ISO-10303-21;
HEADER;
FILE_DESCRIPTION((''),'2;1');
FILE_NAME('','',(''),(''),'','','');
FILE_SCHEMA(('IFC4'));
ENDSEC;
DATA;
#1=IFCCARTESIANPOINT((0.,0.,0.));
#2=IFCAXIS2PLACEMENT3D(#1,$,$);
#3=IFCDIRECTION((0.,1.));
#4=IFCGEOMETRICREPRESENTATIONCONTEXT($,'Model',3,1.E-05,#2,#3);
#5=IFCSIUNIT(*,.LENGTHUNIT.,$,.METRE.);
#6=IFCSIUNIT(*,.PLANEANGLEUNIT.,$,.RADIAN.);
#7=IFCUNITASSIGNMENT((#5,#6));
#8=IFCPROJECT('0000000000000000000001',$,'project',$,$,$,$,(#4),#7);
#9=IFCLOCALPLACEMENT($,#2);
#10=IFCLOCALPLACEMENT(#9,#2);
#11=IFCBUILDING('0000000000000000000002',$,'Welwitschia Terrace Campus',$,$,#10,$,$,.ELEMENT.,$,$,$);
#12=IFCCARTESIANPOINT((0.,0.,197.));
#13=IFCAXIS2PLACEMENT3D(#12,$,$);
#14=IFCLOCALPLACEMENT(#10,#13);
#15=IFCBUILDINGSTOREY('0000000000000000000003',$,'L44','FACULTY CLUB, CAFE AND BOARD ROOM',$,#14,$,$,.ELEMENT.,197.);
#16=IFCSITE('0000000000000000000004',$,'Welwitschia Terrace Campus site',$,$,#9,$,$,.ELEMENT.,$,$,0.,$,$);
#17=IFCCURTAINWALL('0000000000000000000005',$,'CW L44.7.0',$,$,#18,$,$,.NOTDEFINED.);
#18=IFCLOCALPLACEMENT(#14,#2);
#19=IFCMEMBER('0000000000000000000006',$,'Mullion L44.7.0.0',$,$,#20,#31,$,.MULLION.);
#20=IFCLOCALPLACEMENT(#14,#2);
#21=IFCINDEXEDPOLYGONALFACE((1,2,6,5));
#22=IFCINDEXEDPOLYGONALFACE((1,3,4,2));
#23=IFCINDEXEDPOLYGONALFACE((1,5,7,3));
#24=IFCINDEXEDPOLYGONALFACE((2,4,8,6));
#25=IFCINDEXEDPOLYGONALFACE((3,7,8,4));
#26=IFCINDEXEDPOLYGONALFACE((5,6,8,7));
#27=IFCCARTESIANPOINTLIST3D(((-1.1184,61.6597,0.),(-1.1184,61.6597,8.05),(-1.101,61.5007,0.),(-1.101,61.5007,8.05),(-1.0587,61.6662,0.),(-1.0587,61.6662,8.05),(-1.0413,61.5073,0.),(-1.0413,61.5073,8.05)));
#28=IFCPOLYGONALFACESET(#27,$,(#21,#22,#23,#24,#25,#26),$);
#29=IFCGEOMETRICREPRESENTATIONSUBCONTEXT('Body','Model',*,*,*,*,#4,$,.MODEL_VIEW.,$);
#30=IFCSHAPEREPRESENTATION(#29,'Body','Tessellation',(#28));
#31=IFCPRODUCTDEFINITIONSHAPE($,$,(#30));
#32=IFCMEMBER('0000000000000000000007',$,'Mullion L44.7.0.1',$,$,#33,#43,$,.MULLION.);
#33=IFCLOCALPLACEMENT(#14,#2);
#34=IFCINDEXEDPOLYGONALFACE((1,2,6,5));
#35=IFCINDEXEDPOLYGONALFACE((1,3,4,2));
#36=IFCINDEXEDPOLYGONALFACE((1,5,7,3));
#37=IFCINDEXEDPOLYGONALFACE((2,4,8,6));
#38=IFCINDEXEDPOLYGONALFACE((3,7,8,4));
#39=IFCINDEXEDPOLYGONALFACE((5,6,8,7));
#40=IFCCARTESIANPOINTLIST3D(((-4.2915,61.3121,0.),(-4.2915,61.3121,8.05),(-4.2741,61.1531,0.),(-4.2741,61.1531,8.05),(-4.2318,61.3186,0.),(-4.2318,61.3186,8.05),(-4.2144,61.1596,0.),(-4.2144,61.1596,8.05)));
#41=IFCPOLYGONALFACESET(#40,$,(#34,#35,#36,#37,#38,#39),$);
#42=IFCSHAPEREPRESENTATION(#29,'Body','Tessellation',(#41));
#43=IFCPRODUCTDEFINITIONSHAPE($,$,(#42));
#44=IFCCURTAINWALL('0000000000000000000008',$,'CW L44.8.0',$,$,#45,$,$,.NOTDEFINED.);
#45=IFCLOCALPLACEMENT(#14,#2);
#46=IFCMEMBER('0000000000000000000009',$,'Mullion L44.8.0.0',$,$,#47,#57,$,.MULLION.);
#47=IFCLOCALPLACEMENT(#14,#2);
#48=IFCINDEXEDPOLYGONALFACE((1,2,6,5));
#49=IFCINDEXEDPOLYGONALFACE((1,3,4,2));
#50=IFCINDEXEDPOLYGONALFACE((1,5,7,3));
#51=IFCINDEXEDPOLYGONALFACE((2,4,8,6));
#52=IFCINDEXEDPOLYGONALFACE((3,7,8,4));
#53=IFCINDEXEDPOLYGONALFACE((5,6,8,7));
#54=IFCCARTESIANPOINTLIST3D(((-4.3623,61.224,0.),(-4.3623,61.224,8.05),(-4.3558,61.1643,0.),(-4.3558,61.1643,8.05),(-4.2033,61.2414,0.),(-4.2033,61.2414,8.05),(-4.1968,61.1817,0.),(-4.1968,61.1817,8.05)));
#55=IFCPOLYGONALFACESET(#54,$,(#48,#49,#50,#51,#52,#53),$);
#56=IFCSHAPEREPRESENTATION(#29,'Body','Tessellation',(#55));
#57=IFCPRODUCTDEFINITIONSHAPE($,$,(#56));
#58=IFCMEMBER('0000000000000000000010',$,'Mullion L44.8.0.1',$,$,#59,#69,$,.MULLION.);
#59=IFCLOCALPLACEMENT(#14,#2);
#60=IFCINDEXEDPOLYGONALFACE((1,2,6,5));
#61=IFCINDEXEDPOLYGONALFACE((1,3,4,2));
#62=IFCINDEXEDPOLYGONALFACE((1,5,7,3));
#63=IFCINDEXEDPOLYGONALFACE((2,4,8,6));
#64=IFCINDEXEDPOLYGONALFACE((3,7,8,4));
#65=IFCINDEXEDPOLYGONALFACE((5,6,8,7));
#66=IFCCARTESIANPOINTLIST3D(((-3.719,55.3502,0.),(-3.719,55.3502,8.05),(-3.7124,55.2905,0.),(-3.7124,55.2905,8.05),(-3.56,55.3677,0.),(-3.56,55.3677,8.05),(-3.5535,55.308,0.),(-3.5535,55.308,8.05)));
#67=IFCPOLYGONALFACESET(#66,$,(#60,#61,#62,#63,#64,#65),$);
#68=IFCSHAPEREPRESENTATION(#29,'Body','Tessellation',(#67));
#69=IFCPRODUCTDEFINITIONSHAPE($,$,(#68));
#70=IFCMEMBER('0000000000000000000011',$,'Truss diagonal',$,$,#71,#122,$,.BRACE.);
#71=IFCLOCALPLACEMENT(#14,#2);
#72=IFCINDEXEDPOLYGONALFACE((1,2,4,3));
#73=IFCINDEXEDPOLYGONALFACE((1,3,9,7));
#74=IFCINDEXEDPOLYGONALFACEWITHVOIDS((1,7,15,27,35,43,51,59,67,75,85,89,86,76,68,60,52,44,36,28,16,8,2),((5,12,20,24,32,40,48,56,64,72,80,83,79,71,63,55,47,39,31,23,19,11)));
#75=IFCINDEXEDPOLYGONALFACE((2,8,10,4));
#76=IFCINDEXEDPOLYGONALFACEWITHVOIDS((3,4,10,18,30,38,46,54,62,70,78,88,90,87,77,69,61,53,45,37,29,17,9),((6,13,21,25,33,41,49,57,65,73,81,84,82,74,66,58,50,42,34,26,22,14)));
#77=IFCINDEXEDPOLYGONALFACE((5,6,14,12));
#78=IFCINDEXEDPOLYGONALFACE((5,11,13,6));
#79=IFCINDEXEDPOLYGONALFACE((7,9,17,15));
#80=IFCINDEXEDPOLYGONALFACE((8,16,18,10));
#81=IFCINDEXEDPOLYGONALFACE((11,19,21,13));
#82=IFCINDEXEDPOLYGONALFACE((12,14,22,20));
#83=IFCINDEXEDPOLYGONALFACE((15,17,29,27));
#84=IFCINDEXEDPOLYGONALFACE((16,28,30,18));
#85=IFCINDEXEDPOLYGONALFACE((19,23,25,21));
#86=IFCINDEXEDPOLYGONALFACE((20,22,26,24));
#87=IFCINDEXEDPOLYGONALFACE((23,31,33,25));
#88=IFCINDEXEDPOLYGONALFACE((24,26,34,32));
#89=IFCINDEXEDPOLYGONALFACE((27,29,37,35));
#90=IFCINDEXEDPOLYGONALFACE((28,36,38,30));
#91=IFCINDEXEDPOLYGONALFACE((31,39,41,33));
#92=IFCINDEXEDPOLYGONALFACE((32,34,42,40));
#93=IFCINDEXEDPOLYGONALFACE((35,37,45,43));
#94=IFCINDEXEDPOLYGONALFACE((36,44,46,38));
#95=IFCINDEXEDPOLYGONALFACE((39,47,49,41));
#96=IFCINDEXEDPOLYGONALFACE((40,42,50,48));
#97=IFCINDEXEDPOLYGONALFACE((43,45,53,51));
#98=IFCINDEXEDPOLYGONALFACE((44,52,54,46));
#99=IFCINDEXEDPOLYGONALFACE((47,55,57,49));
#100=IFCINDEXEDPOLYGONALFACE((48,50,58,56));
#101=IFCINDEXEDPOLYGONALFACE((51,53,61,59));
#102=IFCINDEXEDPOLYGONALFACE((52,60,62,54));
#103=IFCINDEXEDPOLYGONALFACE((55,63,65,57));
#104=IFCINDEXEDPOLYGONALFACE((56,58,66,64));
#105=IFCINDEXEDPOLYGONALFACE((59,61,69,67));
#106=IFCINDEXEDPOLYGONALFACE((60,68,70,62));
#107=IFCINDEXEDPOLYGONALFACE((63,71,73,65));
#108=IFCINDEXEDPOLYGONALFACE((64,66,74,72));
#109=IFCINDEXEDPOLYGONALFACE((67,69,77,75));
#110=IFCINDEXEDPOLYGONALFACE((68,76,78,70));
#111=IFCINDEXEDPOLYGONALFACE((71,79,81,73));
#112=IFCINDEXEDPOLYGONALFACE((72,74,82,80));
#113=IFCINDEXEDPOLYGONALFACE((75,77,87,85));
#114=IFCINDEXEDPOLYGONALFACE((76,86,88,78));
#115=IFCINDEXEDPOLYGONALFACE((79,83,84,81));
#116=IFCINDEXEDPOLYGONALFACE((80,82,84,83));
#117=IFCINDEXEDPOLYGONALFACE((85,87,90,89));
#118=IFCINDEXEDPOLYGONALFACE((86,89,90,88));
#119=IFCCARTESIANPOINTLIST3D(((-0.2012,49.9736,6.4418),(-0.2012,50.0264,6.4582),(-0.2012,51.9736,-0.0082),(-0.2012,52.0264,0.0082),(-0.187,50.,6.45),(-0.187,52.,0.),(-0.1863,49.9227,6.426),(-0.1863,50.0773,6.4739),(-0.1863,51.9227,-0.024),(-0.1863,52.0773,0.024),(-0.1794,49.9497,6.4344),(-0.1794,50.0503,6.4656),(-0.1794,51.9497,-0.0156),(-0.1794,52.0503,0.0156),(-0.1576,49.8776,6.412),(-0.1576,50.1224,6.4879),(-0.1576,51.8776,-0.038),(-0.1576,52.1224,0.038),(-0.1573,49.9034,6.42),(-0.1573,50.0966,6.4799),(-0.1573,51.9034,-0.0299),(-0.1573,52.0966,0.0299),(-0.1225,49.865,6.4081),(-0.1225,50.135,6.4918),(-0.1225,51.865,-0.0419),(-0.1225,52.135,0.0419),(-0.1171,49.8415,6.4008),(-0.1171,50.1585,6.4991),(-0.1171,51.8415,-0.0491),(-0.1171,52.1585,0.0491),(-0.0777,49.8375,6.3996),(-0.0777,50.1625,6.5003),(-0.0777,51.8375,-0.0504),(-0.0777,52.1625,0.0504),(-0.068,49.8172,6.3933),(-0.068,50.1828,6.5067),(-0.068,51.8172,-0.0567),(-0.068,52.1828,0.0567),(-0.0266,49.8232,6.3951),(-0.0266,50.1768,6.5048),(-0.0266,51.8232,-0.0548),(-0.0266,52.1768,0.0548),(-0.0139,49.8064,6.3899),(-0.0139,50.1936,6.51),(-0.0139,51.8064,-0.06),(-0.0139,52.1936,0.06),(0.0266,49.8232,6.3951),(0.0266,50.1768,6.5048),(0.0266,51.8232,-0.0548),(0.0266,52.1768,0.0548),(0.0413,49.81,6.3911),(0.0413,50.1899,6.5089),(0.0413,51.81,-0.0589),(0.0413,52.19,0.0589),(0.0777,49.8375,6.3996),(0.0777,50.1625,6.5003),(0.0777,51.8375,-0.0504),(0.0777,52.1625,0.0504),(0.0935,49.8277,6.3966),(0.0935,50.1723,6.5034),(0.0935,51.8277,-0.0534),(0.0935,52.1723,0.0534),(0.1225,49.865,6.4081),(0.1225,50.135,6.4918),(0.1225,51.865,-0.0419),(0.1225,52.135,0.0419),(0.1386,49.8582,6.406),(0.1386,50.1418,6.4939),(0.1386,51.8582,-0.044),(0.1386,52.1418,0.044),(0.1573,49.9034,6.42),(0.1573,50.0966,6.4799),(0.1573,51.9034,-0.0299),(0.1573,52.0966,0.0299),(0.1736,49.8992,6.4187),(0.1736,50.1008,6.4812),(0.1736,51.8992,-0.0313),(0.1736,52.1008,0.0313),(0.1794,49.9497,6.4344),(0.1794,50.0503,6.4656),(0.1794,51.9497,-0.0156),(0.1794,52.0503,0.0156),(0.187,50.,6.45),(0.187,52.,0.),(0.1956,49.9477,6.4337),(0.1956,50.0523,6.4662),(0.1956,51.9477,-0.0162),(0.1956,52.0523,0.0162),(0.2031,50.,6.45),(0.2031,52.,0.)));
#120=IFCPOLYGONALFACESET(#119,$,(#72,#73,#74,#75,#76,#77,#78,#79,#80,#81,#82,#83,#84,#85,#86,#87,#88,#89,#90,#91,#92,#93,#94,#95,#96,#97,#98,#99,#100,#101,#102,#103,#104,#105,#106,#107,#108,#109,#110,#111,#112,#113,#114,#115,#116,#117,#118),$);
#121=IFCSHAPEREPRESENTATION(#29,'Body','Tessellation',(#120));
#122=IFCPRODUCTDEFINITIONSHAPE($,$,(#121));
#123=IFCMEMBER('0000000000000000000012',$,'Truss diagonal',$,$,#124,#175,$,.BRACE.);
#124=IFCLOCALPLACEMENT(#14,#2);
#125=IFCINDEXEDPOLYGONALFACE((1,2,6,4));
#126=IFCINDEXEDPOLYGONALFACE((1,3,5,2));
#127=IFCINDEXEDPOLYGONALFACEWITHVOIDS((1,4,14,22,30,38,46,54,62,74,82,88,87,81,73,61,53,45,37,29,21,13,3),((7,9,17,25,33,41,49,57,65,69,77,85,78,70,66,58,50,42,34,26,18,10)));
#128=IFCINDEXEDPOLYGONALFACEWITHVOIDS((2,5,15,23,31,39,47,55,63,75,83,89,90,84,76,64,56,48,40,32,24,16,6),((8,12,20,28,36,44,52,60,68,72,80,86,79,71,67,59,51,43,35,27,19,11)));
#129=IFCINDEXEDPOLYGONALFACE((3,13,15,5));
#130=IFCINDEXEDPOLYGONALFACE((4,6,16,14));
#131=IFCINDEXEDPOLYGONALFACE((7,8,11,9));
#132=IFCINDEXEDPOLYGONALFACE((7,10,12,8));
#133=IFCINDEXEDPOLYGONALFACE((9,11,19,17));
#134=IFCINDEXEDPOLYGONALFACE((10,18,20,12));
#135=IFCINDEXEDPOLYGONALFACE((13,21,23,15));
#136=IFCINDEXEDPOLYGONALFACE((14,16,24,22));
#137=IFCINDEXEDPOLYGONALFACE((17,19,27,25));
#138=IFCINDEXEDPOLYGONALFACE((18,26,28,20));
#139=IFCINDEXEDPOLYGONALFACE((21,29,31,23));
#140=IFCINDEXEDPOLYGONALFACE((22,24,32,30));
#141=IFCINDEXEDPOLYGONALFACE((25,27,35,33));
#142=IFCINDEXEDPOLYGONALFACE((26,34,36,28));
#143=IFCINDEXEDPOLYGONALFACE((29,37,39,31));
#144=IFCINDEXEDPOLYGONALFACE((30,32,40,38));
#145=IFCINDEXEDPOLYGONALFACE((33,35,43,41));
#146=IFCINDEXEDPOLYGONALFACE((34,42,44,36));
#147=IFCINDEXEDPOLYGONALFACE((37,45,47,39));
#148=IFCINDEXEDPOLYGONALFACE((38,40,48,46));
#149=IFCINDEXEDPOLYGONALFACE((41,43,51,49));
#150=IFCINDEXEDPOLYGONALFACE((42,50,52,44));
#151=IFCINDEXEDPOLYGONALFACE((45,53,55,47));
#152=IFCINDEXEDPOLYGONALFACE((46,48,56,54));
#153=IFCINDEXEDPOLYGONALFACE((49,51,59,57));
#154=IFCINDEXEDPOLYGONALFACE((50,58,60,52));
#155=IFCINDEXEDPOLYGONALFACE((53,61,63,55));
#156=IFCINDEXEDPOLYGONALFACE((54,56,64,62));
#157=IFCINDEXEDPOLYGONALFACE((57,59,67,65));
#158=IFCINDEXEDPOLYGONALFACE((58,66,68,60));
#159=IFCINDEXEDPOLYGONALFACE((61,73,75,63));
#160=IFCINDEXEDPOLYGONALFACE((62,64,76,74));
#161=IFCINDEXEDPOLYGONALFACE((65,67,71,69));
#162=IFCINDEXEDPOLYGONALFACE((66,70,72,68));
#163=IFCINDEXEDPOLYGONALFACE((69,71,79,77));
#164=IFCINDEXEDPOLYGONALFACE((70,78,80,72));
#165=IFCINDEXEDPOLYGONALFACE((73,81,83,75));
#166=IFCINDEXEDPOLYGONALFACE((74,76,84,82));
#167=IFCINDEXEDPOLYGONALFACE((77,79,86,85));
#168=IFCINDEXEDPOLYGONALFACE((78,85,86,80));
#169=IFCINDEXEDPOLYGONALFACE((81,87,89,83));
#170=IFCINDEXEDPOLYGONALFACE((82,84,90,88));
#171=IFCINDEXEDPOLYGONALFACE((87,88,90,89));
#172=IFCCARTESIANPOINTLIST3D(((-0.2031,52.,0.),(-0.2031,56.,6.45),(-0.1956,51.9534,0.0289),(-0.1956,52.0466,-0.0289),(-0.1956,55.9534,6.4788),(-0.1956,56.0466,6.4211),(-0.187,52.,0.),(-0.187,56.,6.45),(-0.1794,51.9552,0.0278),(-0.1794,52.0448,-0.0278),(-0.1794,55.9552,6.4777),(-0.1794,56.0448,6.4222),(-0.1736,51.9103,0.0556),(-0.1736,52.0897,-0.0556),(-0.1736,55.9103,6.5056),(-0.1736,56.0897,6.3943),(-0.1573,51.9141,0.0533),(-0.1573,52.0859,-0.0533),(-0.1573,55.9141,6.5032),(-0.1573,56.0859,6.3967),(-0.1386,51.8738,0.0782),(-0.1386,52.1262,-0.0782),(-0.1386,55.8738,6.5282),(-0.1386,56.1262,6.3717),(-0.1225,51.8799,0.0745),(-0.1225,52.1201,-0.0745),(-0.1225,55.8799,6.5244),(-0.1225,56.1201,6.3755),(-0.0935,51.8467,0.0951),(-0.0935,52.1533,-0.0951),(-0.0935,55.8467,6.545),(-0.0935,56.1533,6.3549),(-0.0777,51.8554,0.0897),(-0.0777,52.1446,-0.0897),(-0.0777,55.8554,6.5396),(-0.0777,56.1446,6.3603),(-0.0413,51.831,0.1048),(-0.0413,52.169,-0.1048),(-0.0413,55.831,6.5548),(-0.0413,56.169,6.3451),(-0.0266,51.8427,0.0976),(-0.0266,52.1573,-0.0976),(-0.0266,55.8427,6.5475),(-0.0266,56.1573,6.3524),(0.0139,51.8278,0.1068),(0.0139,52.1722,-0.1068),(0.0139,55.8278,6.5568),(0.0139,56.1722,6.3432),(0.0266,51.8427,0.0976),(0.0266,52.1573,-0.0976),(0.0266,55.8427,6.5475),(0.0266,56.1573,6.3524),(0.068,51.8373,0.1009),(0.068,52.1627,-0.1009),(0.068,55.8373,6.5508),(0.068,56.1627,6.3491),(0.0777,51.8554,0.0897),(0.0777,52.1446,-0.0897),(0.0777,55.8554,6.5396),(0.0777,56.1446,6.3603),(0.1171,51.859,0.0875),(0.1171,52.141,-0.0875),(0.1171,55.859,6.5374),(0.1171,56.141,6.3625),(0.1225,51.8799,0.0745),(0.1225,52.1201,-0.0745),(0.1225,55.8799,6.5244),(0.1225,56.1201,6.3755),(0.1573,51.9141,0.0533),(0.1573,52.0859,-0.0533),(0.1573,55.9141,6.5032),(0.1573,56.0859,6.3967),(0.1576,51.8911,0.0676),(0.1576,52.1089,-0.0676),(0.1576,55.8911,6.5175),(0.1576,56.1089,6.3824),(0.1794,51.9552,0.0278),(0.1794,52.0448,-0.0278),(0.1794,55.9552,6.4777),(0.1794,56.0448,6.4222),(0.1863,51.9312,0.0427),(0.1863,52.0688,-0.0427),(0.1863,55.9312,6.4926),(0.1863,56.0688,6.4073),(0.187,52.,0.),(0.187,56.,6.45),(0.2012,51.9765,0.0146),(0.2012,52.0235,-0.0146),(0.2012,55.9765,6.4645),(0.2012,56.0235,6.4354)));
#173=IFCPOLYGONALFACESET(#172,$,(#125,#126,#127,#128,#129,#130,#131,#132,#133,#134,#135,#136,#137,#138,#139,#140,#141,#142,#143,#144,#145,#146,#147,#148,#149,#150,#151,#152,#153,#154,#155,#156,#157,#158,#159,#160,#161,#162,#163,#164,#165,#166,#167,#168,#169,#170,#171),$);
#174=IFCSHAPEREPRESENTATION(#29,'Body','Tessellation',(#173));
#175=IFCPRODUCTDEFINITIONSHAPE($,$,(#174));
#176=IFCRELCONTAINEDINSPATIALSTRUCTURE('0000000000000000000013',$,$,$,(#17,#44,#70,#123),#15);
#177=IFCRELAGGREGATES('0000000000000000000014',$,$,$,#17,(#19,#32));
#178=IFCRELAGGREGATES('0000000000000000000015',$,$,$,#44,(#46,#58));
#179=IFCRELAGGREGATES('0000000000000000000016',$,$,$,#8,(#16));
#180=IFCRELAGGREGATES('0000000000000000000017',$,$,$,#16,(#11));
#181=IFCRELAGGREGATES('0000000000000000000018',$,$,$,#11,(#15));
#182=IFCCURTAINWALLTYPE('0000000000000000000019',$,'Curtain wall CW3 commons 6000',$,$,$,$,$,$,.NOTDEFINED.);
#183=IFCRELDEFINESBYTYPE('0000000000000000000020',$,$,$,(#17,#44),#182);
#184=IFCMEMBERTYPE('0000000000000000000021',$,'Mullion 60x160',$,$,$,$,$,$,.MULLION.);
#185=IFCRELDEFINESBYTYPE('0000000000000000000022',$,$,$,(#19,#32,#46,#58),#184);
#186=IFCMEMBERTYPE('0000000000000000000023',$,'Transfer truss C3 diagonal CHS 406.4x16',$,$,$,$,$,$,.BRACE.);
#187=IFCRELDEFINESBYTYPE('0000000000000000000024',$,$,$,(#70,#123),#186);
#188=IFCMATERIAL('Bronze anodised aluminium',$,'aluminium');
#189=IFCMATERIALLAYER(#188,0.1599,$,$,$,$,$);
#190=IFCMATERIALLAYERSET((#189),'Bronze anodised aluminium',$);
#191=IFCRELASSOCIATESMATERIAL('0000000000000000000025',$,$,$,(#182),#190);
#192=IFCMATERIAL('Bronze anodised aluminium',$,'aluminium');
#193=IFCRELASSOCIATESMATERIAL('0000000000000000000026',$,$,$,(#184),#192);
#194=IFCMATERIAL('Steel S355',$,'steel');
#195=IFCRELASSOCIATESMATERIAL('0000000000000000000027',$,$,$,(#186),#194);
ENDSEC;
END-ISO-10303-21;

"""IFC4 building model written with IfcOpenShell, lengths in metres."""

from ifc_helpers import new_model, si_unit, direction, frame, origin, origin_2d, place, context, subcontext, project, spatial, rectangle, hollow_circle, extrude, material, layer, layer_set, material_profile, profile_set, type_object, element, aggregate, save


model = new_model("IFC4")

# Units and contexts
model_context = context("Model", 3, precision=1e-05, world=origin(), true_north=direction((0.0, 1.0)))
body_context = subcontext(model_context, "Body", "Model", "MODEL_VIEW")
ifc_project = project(units=[si_unit("LENGTHUNIT", "METRE"), si_unit("PLANEANGLEUNIT", "RADIAN")], contexts=[model_context])

# Site, building, storey
site_placement = place(None, origin())
site = spatial("IfcSite", under=ifc_project, at=site_placement, Name="Welwitschia Terrace Campus site", CompositionType="ELEMENT", RefElevation=0.0)
building_placement = place(site_placement, origin())
building = spatial("IfcBuilding", under=site, at=building_placement, Name="Welwitschia Terrace Campus", CompositionType="ELEMENT")
storey_placement = place(building_placement, frame((0.0, 0.0, 197.0)))
storey = spatial("IfcBuildingStorey", under=building, at=storey_placement, Name="L44", Description="FACULTY CLUB, CAFE AND BOARD ROOM", CompositionType="ELEMENT", Elevation=197.0)

# Curtain walls, members
ifc_material_1 = material(Name="Bronze anodised aluminium", Category="aluminium")
ifc_layer_1 = layer(ifc_material_1, 0.1599)
ifc_layer_set_1 = layer_set([ifc_layer_1], Name="Bronze anodised aluminium")
curtain_wall_type = type_object("IfcCurtainWallType", Name="Curtain wall CW3 commons 6000", PredefinedType="NOTDEFINED", material=ifc_layer_set_1)
curtain_wall_1_placement = place(storey_placement, origin())
curtain_wall_1 = element("IfcCurtainWall", 1, at=curtain_wall_1_placement, inside=storey, type_object=curtain_wall_type, Name="CW L44.7.0", PredefinedType="NOTDEFINED")
ifc_material_2 = material(Name="Bronze anodised aluminium", Category="aluminium")
ifc_material_profile_1 = material_profile(ifc_material_2, rectangle(XDim=0.1599, YDim=0.0601, at=origin_2d()))
ifc_profile_set_1 = profile_set([ifc_material_profile_1], Name="Bronze anodised aluminium")
member_type_1 = type_object("IfcMemberType", Name="Mullion 60x160", PredefinedType="MULLION", material=ifc_profile_set_1)
member_1_placement = place(storey_placement, frame((-1.0798, 61.5835, 0.0), z_axis=(0.0, 0.0, 1.0), x_axis=(0.108867, -0.994056, 0.0)))
member_1 = element("IfcMember", 2, at=member_1_placement, type_object=member_type_1, Name="Mullion L44.7.0.0", PredefinedType="MULLION", context=body_context, shape_type="SweptSolid", body=[
    extrude(rectangle(XDim=0.1599, YDim=0.0601, at=origin_2d()), origin(), (0.0, 0.0, 1.0), 8.05),
])
member_2_placement = place(storey_placement, frame((-4.2529, 61.2358, 0.0), z_axis=(0.0, 0.0, 1.0), x_axis=(0.108867, -0.994056, 0.0)))
member_2 = element("IfcMember", 3, at=member_2_placement, type_object=member_type_1, Name="Mullion L44.7.0.1", PredefinedType="MULLION", context=body_context, shape_type="SweptSolid", body=[
    extrude(rectangle(XDim=0.1599, YDim=0.0601, at=origin_2d()), origin(), (0.0, 0.0, 1.0), 8.05),
])
curtain_wall_2_placement = place(storey_placement, origin())
curtain_wall_2 = element("IfcCurtainWall", 4, at=curtain_wall_2_placement, inside=storey, type_object=curtain_wall_type, Name="CW L44.8.0", PredefinedType="NOTDEFINED")
member_3_placement = place(storey_placement, frame((-4.2795, 61.2029, 0.0), z_axis=(0.0, 0.0, 1.0), x_axis=(0.994056, 0.108867, 0.0)))
member_3 = element("IfcMember", 5, at=member_3_placement, type_object=member_type_1, Name="Mullion L44.8.0.0", PredefinedType="MULLION", context=body_context, shape_type="SweptSolid", body=[
    extrude(rectangle(XDim=0.1599, YDim=0.0601, at=origin_2d()), origin(), (0.0, 0.0, 1.0), 8.05),
])
member_4_placement = place(storey_placement, frame((-3.6362, 55.3291, 0.0), z_axis=(0.0, 0.0, 1.0), x_axis=(0.994056, 0.108867, 0.0)))
member_4 = element("IfcMember", 6, at=member_4_placement, type_object=member_type_1, Name="Mullion L44.8.0.1", PredefinedType="MULLION", context=body_context, shape_type="SweptSolid", body=[
    extrude(rectangle(XDim=0.1599, YDim=0.0601, at=origin_2d()), origin(), (0.0, 0.0, 1.0), 8.05),
])

# Members
ifc_material_3 = material(Name="Steel S355", Category="steel")
ifc_material_profile_2 = material_profile(ifc_material_3, hollow_circle(Radius=0.2031, WallThickness=0.0161, at=origin_2d()))
ifc_profile_set_2 = profile_set([ifc_material_profile_2], Name="Steel S355")
member_type_2 = type_object("IfcMemberType", Name="Transfer truss C3 diagonal CHS 406.4x16", PredefinedType="BRACE", material=ifc_profile_set_2)
member_5_placement = place(storey_placement, frame((0.0, 52.0, 0.0), z_axis=(0.0, -0.296168, 0.955136), x_axis=(1.0, 0.0, 0.0)))
element("IfcMember", 7, at=member_5_placement, inside=storey, type_object=member_type_2, Name="Truss diagonal", PredefinedType="BRACE", context=body_context, shape_type="SweptSolid", body=[
    extrude(hollow_circle(Radius=0.2031, WallThickness=0.0161, at=origin_2d()), origin(), (0.0, 0.0, 1.0), 6.7529),
])
member_6_placement = place(storey_placement, frame((0.0, 52.0, 0.0), z_axis=(0.0, 0.527038, 0.849842), x_axis=(-1.0, 0.0, 0.0)))
element("IfcMember", 8, at=member_6_placement, inside=storey, type_object=member_type_2, Name="Truss diagonal", PredefinedType="BRACE", context=body_context, shape_type="SweptSolid", body=[
    extrude(hollow_circle(Radius=0.2031, WallThickness=0.0161, at=origin_2d()), origin(), (0.0, 0.0, 1.0), 7.5896),
])

aggregate(curtain_wall_1, [member_1, member_2])
aggregate(curtain_wall_2, [member_3, member_4])

save(model, "model.ifc")
